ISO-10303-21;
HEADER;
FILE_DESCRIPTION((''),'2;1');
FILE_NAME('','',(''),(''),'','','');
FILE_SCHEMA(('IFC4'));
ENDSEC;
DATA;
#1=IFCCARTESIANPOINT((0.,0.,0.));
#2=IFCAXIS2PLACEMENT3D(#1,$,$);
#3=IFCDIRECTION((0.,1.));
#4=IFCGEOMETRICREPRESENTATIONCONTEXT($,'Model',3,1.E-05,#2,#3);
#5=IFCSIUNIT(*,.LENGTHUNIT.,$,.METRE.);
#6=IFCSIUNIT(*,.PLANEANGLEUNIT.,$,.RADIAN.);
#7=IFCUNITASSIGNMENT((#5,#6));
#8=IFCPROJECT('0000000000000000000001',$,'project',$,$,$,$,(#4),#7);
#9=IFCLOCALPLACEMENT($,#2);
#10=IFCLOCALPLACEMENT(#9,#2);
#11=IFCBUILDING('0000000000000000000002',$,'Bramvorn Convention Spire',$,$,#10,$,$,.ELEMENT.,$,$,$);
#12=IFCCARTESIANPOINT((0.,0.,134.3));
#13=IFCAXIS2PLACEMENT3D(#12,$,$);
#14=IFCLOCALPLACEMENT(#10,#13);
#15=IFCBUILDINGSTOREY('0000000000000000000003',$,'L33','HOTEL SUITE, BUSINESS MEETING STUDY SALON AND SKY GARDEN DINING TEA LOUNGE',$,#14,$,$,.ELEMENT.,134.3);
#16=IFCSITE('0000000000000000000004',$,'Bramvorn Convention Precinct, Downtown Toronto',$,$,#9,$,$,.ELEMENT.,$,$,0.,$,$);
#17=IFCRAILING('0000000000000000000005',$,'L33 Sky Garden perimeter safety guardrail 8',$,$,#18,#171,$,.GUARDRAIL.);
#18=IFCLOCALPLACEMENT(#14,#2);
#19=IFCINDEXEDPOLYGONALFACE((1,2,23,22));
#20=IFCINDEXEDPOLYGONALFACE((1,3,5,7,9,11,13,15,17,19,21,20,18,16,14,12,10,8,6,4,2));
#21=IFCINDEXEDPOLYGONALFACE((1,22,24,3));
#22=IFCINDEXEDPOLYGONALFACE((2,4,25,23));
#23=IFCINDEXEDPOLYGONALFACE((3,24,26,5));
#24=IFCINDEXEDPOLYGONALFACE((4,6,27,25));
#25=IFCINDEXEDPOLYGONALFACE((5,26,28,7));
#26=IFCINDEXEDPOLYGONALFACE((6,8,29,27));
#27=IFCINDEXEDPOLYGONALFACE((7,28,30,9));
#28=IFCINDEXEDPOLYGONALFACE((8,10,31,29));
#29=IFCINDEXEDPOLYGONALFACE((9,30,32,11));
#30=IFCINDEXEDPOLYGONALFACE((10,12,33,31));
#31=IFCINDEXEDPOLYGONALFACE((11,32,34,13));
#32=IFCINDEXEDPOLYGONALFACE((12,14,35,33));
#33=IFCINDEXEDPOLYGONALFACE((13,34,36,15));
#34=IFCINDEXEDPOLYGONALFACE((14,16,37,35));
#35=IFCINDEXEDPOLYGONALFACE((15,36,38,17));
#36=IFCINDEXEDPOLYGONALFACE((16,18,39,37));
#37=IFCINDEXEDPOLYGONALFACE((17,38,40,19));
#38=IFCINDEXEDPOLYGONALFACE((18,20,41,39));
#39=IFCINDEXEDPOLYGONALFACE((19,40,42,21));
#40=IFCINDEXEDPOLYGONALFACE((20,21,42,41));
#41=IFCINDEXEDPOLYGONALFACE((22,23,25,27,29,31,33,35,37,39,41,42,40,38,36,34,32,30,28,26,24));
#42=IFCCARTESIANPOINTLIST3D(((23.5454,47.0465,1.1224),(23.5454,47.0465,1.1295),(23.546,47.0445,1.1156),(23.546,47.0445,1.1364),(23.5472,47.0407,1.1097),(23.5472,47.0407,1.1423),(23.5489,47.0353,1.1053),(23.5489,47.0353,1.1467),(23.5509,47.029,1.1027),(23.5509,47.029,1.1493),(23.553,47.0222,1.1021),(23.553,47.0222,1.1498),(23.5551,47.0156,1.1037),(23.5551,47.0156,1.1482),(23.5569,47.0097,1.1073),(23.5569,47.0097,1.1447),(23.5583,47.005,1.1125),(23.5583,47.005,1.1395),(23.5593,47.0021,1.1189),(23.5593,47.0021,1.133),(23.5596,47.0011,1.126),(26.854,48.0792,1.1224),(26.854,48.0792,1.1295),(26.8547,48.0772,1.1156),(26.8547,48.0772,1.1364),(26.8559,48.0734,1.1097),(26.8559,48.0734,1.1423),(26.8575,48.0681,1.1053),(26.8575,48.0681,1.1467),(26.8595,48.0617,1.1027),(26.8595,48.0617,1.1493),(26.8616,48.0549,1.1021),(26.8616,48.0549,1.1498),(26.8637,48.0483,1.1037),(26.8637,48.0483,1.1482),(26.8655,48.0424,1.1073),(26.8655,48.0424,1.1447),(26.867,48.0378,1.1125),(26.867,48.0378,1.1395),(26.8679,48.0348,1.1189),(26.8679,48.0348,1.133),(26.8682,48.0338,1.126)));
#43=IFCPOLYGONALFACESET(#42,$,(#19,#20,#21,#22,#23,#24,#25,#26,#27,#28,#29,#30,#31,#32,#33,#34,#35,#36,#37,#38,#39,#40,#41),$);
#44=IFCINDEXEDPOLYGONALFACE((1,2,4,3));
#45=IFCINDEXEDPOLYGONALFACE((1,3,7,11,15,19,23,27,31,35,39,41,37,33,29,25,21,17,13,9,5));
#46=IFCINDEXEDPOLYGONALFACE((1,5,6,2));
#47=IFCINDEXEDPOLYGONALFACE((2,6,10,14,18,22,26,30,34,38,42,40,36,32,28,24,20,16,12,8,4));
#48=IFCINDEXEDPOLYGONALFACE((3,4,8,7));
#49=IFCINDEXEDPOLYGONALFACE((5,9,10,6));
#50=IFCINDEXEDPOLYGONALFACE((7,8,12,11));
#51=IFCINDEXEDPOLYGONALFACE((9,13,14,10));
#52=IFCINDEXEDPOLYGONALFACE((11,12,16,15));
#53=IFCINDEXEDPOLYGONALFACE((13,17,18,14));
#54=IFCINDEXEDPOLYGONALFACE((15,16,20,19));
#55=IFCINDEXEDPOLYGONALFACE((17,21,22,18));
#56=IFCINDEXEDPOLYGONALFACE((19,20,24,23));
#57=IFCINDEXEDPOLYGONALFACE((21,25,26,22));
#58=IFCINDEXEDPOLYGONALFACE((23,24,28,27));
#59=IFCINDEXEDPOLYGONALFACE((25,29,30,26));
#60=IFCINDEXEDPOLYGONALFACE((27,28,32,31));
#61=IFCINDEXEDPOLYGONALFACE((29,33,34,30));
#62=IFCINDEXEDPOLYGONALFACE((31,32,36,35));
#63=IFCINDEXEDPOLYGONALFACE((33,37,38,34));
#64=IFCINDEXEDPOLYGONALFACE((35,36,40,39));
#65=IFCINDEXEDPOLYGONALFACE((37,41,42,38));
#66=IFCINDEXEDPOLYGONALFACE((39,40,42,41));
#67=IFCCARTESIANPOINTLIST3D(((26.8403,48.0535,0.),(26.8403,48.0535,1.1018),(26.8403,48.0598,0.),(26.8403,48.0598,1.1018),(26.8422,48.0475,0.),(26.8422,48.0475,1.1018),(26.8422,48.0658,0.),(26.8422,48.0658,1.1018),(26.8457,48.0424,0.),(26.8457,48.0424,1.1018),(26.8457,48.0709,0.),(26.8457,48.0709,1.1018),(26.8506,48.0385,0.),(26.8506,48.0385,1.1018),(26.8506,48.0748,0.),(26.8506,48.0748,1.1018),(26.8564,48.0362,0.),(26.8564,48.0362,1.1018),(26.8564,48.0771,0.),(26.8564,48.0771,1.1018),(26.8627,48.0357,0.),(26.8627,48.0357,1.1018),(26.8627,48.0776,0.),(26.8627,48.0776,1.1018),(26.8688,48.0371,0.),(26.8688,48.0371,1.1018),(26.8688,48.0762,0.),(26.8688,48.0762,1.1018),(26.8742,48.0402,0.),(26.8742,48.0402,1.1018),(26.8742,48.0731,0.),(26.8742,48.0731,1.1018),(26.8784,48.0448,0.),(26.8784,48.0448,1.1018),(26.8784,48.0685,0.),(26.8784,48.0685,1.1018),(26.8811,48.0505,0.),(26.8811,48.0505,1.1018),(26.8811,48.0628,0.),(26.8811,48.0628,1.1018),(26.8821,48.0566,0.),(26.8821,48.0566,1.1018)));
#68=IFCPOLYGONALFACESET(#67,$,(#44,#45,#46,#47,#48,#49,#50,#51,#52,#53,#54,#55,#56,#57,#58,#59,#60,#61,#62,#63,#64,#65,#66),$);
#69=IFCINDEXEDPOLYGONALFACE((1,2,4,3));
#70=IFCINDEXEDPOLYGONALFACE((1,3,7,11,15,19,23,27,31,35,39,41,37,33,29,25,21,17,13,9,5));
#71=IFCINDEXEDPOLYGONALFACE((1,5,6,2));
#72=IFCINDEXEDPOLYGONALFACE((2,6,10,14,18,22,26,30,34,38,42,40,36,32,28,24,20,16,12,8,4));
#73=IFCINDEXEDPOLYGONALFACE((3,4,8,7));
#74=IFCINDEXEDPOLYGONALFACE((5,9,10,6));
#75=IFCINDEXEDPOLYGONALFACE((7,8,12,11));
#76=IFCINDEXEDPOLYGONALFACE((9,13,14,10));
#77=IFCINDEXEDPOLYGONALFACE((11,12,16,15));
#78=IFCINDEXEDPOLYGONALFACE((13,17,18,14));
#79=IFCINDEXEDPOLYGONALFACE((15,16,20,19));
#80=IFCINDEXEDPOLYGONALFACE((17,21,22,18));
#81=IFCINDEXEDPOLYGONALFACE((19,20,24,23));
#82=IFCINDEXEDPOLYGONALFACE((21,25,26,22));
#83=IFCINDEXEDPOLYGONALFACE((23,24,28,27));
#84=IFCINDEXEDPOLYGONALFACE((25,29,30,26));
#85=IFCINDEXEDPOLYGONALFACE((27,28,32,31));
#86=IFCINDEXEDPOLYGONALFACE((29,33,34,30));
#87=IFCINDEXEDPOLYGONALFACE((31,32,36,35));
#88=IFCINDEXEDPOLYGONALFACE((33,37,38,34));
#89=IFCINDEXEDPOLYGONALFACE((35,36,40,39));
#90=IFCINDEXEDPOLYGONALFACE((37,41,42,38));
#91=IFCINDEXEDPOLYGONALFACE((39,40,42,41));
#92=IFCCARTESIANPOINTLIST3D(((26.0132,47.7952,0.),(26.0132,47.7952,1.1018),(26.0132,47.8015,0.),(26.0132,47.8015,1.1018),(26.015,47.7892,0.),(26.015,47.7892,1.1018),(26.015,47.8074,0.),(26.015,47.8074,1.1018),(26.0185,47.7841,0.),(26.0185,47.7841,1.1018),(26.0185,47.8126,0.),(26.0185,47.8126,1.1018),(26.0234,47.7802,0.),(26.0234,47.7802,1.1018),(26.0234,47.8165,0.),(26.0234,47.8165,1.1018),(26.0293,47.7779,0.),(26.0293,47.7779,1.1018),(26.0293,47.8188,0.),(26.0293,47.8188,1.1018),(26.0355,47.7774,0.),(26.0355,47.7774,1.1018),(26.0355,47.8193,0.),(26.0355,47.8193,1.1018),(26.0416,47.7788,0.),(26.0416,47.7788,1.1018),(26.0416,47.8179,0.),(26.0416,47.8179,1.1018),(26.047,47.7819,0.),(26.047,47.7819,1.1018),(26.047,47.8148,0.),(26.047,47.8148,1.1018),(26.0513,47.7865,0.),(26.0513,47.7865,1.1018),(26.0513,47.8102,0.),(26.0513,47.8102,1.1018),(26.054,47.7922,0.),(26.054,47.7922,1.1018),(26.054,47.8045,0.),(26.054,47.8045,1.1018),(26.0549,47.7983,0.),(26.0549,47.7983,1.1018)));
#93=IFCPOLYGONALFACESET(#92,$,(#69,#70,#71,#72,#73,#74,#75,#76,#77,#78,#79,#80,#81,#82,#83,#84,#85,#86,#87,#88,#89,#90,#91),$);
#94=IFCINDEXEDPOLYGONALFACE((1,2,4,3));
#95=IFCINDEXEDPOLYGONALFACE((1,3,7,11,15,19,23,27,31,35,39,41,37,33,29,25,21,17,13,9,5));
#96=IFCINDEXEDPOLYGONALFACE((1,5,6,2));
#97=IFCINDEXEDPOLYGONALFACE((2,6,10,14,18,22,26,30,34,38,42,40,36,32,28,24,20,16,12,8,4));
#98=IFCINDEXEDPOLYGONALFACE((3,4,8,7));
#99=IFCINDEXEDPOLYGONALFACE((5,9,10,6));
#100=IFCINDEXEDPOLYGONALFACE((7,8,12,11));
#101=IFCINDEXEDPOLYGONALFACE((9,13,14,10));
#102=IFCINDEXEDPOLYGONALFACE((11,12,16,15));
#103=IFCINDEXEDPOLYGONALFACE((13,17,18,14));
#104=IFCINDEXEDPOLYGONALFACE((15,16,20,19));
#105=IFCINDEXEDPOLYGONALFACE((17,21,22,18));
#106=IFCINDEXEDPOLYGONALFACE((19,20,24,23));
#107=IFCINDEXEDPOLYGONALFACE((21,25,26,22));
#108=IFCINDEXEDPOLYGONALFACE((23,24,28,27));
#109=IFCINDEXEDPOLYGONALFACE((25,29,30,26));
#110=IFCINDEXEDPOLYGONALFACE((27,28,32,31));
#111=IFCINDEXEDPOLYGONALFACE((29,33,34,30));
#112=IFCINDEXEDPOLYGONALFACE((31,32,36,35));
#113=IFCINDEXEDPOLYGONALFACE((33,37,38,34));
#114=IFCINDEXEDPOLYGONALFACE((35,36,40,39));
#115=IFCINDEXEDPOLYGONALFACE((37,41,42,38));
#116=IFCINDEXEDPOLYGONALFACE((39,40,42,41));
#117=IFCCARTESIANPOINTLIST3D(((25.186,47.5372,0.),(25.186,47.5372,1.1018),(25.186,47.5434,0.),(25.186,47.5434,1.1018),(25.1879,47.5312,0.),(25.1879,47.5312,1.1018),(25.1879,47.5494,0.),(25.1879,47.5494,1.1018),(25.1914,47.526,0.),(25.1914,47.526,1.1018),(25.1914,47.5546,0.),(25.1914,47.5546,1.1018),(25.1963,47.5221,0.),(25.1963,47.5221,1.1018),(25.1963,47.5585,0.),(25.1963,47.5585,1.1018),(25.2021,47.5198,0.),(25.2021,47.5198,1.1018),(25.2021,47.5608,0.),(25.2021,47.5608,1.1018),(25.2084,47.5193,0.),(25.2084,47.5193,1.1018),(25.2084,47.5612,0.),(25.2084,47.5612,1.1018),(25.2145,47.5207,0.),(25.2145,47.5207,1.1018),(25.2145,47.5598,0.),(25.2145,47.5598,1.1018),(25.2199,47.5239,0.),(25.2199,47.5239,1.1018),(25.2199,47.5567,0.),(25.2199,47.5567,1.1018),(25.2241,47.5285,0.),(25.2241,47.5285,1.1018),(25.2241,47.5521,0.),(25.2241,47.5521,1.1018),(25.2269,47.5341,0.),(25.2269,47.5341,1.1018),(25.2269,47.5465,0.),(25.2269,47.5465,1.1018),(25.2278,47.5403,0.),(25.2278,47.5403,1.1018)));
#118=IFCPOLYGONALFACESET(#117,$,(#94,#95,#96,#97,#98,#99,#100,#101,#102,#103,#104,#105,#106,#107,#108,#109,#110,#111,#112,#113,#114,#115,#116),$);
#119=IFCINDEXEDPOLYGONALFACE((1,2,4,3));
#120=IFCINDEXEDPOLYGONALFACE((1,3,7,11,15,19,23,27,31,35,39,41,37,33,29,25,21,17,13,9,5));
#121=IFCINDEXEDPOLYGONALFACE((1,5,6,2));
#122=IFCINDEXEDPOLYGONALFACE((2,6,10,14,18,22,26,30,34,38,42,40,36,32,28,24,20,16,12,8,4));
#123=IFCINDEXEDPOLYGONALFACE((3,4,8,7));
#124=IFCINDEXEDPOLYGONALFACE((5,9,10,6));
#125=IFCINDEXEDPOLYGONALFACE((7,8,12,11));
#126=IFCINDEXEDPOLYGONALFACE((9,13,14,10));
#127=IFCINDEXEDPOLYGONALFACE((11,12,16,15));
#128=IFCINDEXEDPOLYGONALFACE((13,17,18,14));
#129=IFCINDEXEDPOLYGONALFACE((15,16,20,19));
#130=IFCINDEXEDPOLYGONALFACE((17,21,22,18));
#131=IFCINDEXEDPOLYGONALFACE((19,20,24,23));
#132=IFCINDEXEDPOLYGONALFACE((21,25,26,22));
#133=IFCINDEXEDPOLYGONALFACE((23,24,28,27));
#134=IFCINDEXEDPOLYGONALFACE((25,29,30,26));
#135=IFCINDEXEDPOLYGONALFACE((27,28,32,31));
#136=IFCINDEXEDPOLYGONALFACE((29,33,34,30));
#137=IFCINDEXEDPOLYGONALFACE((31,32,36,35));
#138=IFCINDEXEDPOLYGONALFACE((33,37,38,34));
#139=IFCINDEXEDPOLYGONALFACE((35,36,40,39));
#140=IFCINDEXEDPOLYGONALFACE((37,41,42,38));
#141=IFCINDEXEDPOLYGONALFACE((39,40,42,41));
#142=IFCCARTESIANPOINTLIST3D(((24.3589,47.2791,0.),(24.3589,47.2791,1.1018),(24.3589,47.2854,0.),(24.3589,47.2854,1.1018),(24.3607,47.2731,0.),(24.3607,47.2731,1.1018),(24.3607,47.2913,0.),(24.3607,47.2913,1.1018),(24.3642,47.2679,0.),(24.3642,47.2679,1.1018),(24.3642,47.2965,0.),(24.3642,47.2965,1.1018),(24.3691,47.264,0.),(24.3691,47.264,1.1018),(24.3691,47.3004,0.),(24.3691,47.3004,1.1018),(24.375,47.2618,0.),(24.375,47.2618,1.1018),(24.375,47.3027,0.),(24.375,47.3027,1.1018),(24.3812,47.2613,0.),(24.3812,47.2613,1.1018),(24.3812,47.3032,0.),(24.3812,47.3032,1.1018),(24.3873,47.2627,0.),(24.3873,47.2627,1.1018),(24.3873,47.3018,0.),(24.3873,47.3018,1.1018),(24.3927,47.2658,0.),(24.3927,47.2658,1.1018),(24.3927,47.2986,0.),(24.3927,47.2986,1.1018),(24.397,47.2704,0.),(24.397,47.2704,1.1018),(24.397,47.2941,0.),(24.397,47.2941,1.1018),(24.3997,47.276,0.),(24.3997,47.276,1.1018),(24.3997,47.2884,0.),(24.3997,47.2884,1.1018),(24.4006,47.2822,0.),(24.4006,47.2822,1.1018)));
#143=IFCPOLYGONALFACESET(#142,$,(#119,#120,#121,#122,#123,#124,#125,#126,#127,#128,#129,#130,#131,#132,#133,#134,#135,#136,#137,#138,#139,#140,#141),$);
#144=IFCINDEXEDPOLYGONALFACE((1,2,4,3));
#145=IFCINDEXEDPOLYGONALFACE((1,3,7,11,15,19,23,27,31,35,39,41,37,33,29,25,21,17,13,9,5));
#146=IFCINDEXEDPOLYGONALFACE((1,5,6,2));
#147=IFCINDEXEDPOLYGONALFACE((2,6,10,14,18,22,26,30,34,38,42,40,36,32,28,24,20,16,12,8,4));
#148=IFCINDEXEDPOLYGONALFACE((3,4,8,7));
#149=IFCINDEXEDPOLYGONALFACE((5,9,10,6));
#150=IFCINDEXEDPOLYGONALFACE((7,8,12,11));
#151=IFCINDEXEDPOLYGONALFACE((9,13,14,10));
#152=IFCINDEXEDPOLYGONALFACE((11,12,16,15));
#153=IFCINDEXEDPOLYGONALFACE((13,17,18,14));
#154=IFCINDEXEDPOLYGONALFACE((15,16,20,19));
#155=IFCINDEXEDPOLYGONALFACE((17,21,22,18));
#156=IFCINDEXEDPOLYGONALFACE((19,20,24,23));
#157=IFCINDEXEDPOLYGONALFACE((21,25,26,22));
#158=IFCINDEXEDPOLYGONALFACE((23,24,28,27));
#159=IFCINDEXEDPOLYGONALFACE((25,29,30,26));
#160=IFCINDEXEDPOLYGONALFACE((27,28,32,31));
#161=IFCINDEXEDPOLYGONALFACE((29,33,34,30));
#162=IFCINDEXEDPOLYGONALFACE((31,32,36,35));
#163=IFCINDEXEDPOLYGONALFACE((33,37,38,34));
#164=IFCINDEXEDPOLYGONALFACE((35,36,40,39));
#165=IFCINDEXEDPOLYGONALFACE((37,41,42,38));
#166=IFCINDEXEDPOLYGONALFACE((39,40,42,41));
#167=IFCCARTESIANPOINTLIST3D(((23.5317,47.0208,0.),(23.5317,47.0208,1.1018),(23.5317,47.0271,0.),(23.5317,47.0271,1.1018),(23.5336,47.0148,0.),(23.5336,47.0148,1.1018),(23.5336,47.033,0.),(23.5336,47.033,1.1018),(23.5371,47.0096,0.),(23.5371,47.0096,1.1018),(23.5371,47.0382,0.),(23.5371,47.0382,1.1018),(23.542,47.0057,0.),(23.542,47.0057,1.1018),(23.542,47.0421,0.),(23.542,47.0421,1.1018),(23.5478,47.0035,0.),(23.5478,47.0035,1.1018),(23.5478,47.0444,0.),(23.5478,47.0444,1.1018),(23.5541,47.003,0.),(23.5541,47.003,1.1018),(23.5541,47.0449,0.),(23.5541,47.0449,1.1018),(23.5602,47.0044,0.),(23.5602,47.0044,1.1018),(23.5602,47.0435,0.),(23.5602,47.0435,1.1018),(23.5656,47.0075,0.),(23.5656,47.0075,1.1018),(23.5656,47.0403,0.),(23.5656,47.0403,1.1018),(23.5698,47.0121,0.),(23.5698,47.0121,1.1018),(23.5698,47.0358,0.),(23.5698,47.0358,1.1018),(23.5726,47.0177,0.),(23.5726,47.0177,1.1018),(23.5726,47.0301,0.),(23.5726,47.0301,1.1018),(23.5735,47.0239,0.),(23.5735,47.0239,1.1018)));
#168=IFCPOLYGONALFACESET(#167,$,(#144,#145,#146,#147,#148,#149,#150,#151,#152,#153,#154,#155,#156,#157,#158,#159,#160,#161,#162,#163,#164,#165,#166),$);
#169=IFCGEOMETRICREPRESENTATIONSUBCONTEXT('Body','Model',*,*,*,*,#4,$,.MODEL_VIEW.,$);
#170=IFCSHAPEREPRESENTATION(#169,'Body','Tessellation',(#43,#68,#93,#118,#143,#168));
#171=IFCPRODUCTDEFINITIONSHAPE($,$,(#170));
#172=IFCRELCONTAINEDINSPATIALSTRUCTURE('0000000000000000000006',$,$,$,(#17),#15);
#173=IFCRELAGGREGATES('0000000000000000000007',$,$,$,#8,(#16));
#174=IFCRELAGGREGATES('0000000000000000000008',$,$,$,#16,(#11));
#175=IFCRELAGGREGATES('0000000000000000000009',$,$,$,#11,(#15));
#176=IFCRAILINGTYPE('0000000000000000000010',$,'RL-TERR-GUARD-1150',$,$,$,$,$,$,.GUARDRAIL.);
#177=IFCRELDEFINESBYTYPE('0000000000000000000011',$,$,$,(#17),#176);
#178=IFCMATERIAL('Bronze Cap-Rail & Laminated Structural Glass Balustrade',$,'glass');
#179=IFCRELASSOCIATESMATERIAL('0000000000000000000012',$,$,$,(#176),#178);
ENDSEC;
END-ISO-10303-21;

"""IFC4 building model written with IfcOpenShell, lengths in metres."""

from ifc_helpers import new_model, si_unit, direction, frame, origin, origin_2d, place, context, subcontext, project, spatial, circle, extrude, material, type_object, element, save


model = new_model("IFC4")

# Units and contexts
model_context = context("Model", 3, precision=1e-05, world=origin(), true_north=direction((0.0, 1.0)))
body_context = subcontext(model_context, "Body", "Model", "MODEL_VIEW")
ifc_project = project(units=[si_unit("LENGTHUNIT", "METRE"), si_unit("PLANEANGLEUNIT", "RADIAN")], contexts=[model_context])

# Site, building, storey
site_placement = place(None, origin())
site = spatial("IfcSite", under=ifc_project, at=site_placement, Name="Bramvorn Convention Precinct, Downtown Toronto", CompositionType="ELEMENT", RefElevation=0.0)
building_placement = place(site_placement, origin())
building = spatial("IfcBuilding", under=site, at=building_placement, Name="Bramvorn Convention Spire", CompositionType="ELEMENT")
storey_placement = place(building_placement, frame((0.0, 0.0, 134.3)))
storey = spatial("IfcBuildingStorey", under=building, at=storey_placement, Name="L33", Description="HOTEL SUITE, BUSINESS MEETING STUDY SALON AND SKY GARDEN DINING TEA LOUNGE", CompositionType="ELEMENT", Elevation=134.3)

# Railing
ifc_material_1 = material(Name="Bronze Cap-Rail & Laminated Structural Glass Balustrade", Category="glass")
railing_type = type_object("IfcRailingType", Name="RL-TERR-GUARD-1150", PredefinedType="GUARDRAIL", material=ifc_material_1)
railing_1_placement = place(storey_placement, frame((26.8611, 48.0566, 0.0)))
element("IfcRailing", 1, at=railing_1_placement, inside=storey, type_object=railing_type, Name="L33 Sky Garden perimeter safety guardrail 8", PredefinedType="GUARDRAIL", context=body_context, shape_type="SweptSolid", body=[
    extrude(circle(Radius=0.0239, at=origin_2d()), frame((0.0, 0.0, 1.126), z_axis=(-0.95458, -0.297954, 0.0), x_axis=(0.297954, -0.95458, 0.0)), (0.0, 0.0, 1.0), 3.4661),
    extrude(circle(Radius=0.021, at=origin_2d()), origin(), (0.0, 0.0, 1.0), 1.1018),
    extrude(circle(Radius=0.021, at=origin_2d()), frame((-0.8271, -0.2583, 0.0)), (0.0, 0.0, 1.0), 1.1018),
    extrude(circle(Radius=0.021, at=origin_2d()), frame((-1.6543, -0.5164, 0.0)), (0.0, 0.0, 1.0), 1.1018),
    extrude(circle(Radius=0.021, at=origin_2d()), frame((-2.4814, -0.7744, 0.0)), (0.0, 0.0, 1.0), 1.1018),
    extrude(circle(Radius=0.021, at=origin_2d()), frame((-3.3086, -1.0327, 0.0)), (0.0, 0.0, 1.0), 1.1018),
])

save(model, "model.ifc")
